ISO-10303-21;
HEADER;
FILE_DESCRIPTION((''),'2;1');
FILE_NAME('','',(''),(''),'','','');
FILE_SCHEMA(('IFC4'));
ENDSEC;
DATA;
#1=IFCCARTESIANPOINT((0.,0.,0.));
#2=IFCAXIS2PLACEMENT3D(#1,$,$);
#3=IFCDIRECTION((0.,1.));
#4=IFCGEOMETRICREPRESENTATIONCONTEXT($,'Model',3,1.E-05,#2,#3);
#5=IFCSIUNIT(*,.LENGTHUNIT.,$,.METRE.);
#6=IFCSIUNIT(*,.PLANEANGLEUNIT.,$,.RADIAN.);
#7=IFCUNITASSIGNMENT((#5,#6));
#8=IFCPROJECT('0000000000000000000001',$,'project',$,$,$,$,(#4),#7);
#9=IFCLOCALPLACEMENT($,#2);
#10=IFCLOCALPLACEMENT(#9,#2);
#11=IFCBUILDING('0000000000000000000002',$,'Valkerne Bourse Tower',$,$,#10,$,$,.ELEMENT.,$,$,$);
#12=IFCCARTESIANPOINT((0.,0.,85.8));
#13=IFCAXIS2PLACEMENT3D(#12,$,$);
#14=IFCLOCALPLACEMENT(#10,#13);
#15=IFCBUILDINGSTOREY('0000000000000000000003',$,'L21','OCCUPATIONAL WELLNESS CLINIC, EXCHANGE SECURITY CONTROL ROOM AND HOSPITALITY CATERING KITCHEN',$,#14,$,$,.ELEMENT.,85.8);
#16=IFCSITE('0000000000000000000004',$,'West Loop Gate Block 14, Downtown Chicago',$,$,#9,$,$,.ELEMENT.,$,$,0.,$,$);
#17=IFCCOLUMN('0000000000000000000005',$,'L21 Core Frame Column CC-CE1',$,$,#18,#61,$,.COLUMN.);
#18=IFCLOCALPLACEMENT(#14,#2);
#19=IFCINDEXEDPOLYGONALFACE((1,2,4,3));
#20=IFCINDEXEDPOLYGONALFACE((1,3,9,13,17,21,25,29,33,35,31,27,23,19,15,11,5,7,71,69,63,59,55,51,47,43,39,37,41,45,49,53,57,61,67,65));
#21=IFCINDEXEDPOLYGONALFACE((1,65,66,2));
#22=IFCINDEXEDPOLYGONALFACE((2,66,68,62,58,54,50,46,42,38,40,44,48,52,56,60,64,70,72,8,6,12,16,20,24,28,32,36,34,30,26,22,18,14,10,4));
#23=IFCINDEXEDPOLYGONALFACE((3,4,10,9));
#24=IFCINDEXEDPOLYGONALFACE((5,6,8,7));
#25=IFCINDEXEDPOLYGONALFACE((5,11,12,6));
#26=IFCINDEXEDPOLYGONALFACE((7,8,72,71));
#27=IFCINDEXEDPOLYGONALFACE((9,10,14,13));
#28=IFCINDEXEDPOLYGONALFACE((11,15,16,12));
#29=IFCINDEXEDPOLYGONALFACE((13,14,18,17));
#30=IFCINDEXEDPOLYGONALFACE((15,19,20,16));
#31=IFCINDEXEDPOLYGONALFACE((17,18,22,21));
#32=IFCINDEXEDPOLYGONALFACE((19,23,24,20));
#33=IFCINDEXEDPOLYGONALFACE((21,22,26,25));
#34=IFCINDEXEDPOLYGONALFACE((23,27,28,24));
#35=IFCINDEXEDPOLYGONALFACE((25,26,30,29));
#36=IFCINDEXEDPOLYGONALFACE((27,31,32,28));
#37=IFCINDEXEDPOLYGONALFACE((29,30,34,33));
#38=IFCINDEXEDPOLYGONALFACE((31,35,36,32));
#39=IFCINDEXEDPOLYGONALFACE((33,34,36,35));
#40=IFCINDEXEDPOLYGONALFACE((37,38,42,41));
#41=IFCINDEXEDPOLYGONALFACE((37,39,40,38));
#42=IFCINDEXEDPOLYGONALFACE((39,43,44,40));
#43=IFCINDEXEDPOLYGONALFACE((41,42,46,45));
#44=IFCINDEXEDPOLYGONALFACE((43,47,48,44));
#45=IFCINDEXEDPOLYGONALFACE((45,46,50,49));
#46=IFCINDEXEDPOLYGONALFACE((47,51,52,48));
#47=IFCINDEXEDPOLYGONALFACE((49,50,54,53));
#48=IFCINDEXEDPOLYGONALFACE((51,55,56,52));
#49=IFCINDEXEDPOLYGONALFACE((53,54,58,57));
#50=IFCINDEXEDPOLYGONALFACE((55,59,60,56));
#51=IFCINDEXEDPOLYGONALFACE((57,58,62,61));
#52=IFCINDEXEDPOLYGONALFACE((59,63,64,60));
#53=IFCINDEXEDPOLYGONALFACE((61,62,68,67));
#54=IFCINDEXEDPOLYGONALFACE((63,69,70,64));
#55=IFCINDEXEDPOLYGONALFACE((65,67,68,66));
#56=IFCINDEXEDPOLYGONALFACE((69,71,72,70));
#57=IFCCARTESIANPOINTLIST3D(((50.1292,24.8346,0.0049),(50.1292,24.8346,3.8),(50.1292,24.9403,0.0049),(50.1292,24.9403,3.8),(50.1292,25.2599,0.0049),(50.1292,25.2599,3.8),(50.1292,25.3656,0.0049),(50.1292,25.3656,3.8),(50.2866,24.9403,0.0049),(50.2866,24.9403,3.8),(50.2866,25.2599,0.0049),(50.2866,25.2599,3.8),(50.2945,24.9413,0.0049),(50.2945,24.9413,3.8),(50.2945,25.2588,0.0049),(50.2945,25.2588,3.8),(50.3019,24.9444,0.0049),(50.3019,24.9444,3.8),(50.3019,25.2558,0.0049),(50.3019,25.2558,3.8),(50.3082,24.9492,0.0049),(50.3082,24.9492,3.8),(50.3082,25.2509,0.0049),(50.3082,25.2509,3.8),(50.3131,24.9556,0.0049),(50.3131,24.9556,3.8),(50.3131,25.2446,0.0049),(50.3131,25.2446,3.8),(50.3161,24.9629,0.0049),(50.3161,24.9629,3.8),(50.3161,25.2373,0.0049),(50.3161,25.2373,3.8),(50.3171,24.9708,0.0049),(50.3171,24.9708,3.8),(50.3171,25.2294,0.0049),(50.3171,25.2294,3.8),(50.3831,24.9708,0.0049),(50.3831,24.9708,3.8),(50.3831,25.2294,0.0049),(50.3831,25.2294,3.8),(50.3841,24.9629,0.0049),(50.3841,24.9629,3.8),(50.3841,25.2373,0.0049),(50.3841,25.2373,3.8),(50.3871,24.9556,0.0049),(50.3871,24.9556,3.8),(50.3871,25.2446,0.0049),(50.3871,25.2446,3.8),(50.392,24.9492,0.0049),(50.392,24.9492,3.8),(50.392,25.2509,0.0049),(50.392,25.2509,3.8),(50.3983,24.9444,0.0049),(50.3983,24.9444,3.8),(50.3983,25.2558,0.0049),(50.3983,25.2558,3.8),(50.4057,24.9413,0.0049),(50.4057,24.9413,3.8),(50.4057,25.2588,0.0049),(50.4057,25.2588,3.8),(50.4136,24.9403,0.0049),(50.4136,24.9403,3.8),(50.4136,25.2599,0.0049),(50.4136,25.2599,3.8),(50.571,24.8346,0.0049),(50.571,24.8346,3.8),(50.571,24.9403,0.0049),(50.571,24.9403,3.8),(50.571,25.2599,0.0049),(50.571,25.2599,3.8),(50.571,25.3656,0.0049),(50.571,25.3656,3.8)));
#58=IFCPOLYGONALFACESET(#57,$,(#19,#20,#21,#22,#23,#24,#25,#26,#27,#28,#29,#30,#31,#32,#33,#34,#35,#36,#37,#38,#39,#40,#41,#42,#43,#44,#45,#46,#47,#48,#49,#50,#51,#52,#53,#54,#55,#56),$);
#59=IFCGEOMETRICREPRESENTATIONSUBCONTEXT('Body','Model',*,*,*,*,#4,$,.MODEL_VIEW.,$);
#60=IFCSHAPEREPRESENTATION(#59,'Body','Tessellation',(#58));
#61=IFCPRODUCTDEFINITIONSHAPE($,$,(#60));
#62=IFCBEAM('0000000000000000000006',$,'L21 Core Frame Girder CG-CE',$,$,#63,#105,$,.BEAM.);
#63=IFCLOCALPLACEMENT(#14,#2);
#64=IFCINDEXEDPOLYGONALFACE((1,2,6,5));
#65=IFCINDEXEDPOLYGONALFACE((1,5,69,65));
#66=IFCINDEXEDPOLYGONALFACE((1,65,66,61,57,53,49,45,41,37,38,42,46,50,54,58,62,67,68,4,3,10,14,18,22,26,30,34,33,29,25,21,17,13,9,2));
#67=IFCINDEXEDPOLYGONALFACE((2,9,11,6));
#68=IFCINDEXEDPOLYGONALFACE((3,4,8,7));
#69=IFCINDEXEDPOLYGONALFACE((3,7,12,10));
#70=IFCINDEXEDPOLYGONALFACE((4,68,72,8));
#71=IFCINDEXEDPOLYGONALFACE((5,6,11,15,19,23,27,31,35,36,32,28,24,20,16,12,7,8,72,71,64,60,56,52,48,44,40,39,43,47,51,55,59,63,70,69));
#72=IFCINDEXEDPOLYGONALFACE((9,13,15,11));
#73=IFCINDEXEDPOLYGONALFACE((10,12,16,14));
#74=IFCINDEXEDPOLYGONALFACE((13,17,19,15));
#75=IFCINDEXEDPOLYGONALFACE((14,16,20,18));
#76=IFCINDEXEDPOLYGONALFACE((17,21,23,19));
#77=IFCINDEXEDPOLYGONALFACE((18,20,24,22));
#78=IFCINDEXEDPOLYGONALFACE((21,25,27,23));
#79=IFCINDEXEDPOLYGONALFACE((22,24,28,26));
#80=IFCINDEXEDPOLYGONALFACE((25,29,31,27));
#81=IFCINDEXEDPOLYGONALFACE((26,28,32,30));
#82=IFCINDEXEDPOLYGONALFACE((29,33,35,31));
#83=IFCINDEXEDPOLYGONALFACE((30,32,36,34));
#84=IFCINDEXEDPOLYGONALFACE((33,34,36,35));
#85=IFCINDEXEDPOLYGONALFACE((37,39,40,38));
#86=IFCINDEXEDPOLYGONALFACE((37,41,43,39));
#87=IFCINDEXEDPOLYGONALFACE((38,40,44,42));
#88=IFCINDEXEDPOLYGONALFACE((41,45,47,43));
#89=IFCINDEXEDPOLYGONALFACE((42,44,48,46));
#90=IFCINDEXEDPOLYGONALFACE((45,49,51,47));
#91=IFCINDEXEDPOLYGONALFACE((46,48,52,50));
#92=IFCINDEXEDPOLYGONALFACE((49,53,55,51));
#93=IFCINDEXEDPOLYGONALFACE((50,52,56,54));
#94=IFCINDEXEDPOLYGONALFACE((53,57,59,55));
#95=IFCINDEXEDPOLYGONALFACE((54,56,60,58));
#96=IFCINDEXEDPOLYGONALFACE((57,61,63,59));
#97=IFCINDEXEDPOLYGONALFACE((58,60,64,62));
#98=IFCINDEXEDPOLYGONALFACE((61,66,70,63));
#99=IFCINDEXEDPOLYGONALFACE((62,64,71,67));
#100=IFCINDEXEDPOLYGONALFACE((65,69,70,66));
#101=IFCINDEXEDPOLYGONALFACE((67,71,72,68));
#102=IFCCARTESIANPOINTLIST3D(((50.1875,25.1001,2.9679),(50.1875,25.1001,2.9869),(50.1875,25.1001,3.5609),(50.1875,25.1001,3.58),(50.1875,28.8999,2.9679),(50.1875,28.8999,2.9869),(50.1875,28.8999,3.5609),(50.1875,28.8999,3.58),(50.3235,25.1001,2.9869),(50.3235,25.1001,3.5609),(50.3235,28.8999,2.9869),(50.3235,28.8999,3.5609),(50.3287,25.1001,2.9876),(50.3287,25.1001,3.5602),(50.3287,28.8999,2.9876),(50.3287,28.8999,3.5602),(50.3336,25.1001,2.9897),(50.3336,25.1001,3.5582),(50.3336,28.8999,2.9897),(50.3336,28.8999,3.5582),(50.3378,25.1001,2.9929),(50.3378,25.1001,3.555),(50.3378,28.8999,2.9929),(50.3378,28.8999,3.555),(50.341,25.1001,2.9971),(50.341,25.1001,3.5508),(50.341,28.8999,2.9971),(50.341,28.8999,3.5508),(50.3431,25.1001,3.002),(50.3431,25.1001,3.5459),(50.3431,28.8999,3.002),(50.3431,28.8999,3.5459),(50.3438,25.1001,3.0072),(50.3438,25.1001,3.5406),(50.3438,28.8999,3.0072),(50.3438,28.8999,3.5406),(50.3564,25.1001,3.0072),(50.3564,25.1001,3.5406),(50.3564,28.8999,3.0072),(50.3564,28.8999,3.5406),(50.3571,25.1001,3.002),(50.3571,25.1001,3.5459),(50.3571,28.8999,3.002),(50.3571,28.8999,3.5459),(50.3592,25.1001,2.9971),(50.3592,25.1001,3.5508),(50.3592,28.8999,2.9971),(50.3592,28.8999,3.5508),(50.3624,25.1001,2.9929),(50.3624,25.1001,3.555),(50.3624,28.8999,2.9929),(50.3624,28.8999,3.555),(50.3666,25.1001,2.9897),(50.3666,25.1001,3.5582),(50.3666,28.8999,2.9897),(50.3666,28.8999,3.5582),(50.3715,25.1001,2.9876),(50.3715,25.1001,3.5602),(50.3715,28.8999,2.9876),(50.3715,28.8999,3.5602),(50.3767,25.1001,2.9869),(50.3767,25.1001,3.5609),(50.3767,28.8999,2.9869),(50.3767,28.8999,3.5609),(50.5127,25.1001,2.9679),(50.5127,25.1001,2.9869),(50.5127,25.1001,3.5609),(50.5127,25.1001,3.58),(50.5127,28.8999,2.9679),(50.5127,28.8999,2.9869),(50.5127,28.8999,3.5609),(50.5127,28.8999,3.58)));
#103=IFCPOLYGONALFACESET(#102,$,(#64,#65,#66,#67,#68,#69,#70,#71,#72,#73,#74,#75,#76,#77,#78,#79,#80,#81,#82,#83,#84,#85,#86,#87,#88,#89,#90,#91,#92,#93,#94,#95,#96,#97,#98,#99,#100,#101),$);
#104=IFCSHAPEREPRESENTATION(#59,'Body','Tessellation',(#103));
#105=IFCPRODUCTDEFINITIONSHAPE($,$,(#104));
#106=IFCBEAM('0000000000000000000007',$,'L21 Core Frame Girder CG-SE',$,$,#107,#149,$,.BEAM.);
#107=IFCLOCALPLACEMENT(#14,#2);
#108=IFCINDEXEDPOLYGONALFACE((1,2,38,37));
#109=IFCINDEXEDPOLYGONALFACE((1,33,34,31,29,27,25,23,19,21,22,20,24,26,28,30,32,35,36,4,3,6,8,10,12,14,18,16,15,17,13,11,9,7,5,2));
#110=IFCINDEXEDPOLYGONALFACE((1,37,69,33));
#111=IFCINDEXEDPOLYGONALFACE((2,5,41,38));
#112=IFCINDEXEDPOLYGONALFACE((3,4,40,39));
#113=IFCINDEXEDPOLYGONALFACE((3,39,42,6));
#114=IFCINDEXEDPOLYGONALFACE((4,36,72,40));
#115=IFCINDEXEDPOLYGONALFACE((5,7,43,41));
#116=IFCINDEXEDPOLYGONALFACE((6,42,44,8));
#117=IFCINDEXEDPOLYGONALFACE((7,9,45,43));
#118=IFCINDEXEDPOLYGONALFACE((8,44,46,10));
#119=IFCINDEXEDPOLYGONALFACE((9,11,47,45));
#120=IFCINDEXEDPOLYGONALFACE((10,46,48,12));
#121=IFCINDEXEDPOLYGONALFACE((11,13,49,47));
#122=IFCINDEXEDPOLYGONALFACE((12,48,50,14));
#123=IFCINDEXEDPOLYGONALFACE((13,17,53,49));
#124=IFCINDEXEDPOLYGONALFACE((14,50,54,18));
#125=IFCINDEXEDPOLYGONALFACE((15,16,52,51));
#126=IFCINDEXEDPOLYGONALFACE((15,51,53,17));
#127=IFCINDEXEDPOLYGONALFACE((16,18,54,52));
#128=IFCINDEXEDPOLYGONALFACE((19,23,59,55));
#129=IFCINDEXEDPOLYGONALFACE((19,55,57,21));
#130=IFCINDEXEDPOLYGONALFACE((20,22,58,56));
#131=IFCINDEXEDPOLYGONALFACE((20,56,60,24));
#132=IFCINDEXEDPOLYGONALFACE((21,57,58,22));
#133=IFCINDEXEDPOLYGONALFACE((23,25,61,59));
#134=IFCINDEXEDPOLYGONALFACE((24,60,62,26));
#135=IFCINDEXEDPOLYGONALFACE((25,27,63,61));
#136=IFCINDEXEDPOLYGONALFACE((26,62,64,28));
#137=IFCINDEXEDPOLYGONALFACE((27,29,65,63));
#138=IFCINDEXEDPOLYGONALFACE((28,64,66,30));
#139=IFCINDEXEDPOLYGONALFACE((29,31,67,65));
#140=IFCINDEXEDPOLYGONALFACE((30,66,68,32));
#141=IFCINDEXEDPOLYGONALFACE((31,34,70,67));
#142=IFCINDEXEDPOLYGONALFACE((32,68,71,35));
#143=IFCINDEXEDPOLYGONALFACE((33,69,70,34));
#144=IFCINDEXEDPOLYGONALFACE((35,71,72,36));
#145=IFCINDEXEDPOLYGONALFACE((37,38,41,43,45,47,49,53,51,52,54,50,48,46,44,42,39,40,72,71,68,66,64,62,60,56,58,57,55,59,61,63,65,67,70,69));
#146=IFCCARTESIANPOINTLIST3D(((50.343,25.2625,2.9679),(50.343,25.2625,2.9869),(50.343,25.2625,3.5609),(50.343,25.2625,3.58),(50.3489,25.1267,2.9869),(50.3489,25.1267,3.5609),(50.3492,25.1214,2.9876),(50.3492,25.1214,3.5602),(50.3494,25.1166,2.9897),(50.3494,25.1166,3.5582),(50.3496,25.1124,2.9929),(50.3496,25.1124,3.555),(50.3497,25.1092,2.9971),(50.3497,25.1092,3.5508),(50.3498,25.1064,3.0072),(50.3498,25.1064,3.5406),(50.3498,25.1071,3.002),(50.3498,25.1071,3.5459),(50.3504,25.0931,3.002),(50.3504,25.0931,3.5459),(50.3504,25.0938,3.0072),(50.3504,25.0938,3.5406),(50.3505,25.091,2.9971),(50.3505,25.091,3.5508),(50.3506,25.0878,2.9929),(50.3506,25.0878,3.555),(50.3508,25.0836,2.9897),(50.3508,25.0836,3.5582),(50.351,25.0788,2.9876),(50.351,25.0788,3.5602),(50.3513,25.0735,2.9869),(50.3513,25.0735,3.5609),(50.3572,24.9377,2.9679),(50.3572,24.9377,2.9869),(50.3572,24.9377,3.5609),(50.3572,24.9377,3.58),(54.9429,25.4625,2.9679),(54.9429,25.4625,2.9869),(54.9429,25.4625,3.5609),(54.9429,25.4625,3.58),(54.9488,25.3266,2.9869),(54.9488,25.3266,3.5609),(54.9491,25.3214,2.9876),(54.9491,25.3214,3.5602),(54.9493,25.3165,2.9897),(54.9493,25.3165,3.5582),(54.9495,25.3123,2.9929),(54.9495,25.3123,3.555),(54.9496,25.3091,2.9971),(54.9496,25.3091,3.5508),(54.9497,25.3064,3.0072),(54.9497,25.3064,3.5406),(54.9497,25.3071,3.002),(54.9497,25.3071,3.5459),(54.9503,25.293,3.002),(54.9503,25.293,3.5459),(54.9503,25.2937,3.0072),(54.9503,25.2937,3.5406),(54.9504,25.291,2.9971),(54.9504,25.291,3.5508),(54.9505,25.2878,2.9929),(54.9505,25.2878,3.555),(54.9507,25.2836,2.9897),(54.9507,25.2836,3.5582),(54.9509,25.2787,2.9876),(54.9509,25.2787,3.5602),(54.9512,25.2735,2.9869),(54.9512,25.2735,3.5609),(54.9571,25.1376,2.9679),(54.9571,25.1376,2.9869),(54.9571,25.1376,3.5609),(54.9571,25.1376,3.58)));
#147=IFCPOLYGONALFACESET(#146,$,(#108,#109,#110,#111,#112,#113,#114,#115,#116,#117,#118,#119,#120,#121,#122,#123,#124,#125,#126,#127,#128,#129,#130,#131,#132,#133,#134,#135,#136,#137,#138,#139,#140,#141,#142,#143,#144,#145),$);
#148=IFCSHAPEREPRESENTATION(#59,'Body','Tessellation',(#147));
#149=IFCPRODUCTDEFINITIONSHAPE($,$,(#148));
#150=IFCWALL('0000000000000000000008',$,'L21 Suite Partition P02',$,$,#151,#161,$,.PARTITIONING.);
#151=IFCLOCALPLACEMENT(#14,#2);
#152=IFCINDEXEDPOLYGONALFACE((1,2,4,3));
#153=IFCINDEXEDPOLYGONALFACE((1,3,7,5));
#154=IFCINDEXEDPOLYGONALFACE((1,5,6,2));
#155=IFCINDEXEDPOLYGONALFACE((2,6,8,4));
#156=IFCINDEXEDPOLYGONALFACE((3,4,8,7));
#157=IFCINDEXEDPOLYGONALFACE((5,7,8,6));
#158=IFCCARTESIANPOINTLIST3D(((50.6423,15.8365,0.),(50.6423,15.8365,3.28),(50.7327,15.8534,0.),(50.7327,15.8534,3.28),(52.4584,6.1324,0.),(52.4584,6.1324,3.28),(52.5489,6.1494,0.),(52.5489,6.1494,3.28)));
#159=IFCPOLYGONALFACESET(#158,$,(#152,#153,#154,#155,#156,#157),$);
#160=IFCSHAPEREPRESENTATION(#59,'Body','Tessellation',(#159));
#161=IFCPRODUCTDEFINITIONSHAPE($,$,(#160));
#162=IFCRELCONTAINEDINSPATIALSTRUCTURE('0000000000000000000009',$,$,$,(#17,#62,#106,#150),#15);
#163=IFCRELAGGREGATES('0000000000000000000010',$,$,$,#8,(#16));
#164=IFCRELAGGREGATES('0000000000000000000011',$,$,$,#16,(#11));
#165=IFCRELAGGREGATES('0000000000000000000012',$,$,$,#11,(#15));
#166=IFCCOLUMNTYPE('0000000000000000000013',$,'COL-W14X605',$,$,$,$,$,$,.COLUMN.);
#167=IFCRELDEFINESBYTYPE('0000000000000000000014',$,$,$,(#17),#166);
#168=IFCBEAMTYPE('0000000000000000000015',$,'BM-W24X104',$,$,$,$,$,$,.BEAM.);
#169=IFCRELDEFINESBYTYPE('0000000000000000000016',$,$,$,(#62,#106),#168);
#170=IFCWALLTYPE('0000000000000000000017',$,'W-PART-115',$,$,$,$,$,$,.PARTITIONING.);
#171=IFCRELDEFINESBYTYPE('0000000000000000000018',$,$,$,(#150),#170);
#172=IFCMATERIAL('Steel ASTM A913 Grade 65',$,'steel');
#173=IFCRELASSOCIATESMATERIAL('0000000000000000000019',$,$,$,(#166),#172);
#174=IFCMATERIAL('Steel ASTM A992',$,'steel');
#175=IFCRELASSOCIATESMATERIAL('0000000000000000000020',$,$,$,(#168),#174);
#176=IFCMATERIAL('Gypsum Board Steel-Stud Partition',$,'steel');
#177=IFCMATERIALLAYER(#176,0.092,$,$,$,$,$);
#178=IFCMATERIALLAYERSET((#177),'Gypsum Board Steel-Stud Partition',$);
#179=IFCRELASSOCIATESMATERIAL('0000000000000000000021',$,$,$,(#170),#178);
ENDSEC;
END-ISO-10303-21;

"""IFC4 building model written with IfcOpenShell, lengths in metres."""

from ifc_helpers import new_model, si_unit, direction, frame, frame_2d, origin, origin_2d, place, context, subcontext, project, spatial, rectangle, i_section, extrude, material, layer, layer_set, material_profile, profile_set, type_object, element, save


model = new_model("IFC4")

# Units and contexts
model_context = context("Model", 3, precision=1e-05, world=origin(), true_north=direction((0.0, 1.0)))
body_context = subcontext(model_context, "Body", "Model", "MODEL_VIEW")
ifc_project = project(units=[si_unit("LENGTHUNIT", "METRE"), si_unit("PLANEANGLEUNIT", "RADIAN")], contexts=[model_context])

# Site, building, storey
site_placement = place(None, origin())
site = spatial("IfcSite", under=ifc_project, at=site_placement, Name="West Loop Gate Block 14, Downtown Chicago", CompositionType="ELEMENT", RefElevation=0.0)
building_placement = place(site_placement, origin())
building = spatial("IfcBuilding", under=site, at=building_placement, Name="Valkerne Bourse Tower", CompositionType="ELEMENT")
storey_placement = place(building_placement, frame((0.0, 0.0, 85.8)))
storey = spatial("IfcBuildingStorey", under=building, at=storey_placement, Name="L21", Description="OCCUPATIONAL WELLNESS CLINIC, EXCHANGE SECURITY CONTROL ROOM AND HOSPITALITY CATERING KITCHEN", CompositionType="ELEMENT", Elevation=85.8)

# Column
ifc_material_1 = material(Name="Steel ASTM A913 Grade 65", Category="steel")
ifc_material_profile_1 = material_profile(ifc_material_1, i_section(OverallWidth=0.4419, OverallDepth=0.531, WebThickness=0.0659, FlangeThickness=0.1057, FilletRadius=0.0305, at=origin_2d()), Name="W14X605")
ifc_profile_set_1 = profile_set([ifc_material_profile_1], Name="Steel ASTM A913 Grade 65")
column_type = type_object("IfcColumnType", Name="COL-W14X605", PredefinedType="COLUMN", material=ifc_profile_set_1)
column_placement = place(storey_placement, frame((50.3501, 25.1001, 0.0049), z_axis=(0.0, 0.0, 1.0), x_axis=(1.0, 0.0, 0.0)))
element("IfcColumn", 1, at=column_placement, inside=storey, type_object=column_type, Name="L21 Core Frame Column CC-CE1", PredefinedType="COLUMN", context=body_context, shape_type="SweptSolid", body=[
    extrude(i_section(OverallWidth=0.4419, OverallDepth=0.531, WebThickness=0.0659, FlangeThickness=0.1057, FilletRadius=0.0305, at=origin_2d()), origin(), (0.0, 0.0, 1.0), 3.7952),
])

# Beams
ifc_material_2 = material(Name="Steel ASTM A992", Category="steel")
ifc_material_profile_2 = material_profile(ifc_material_2, i_section(OverallWidth=0.3252, OverallDepth=0.6121, WebThickness=0.0127, FlangeThickness=0.019, FilletRadius=0.0203, at=origin_2d()), Name="W24X104")
ifc_profile_set_2 = profile_set([ifc_material_profile_2], Name="Steel ASTM A992")
beam_type = type_object("IfcBeamType", Name="BM-W24X104", PredefinedType="BEAM", material=ifc_profile_set_2)
beam_1_placement = place(storey_placement, frame((50.3501, 25.1001, 3.2739), z_axis=(0.0, 1.0, 0.0), x_axis=(-1.0, 0.0, 0.0)))
element("IfcBeam", 2, at=beam_1_placement, inside=storey, type_object=beam_type, Name="L21 Core Frame Girder CG-CE", PredefinedType="BEAM", context=body_context, shape_type="SweptSolid", body=[
    extrude(i_section(OverallWidth=0.3252, OverallDepth=0.6121, WebThickness=0.0127, FlangeThickness=0.019, FilletRadius=0.0203, at=origin_2d()), origin(), (0.0, 0.0, 1.0), 3.7998),
])
beam_2_placement = place(storey_placement, frame((50.3501, 25.1001, 3.2739), z_axis=(0.999057, 0.043428, 0.0), x_axis=(-0.043428, 0.999057, 0.0)))
element("IfcBeam", 3, at=beam_2_placement, inside=storey, type_object=beam_type, Name="L21 Core Frame Girder CG-SE", PredefinedType="BEAM", context=body_context, shape_type="SweptSolid", body=[
    extrude(i_section(OverallWidth=0.3252, OverallDepth=0.6121, WebThickness=0.0127, FlangeThickness=0.019, FilletRadius=0.0203, at=origin_2d()), origin(), (0.0, 0.0, 1.0), 4.6042),
])

# Wall
ifc_material_3 = material(Name="Gypsum Board Steel-Stud Partition", Category="steel")
ifc_layer_1 = layer(ifc_material_3, 0.092)
ifc_layer_set_1 = layer_set([ifc_layer_1], Name="Gypsum Board Steel-Stud Partition")
wall_type_1 = type_object("IfcWallType", Name="W-PART-115", PredefinedType="PARTITIONING", material=ifc_layer_set_1)
wall_1_placement = place(storey_placement, frame((50.6875, 15.845, 0.0), z_axis=(0.0, 0.0, 1.0), x_axis=(0.18396, -0.982934, 0.0)))
element("IfcWall", 4, at=wall_1_placement, inside=storey, type_object=wall_type_1, Name="L21 Suite Partition P02", PredefinedType="PARTITIONING", context=body_context, shape_type="SweptSolid", body=[
    extrude(rectangle(XDim=9.8726, YDim=0.092, at=frame_2d((4.9363, 0.0))), origin(), (0.0, 0.0, 1.0), 3.28),
])

save(model, "model.ifc")
